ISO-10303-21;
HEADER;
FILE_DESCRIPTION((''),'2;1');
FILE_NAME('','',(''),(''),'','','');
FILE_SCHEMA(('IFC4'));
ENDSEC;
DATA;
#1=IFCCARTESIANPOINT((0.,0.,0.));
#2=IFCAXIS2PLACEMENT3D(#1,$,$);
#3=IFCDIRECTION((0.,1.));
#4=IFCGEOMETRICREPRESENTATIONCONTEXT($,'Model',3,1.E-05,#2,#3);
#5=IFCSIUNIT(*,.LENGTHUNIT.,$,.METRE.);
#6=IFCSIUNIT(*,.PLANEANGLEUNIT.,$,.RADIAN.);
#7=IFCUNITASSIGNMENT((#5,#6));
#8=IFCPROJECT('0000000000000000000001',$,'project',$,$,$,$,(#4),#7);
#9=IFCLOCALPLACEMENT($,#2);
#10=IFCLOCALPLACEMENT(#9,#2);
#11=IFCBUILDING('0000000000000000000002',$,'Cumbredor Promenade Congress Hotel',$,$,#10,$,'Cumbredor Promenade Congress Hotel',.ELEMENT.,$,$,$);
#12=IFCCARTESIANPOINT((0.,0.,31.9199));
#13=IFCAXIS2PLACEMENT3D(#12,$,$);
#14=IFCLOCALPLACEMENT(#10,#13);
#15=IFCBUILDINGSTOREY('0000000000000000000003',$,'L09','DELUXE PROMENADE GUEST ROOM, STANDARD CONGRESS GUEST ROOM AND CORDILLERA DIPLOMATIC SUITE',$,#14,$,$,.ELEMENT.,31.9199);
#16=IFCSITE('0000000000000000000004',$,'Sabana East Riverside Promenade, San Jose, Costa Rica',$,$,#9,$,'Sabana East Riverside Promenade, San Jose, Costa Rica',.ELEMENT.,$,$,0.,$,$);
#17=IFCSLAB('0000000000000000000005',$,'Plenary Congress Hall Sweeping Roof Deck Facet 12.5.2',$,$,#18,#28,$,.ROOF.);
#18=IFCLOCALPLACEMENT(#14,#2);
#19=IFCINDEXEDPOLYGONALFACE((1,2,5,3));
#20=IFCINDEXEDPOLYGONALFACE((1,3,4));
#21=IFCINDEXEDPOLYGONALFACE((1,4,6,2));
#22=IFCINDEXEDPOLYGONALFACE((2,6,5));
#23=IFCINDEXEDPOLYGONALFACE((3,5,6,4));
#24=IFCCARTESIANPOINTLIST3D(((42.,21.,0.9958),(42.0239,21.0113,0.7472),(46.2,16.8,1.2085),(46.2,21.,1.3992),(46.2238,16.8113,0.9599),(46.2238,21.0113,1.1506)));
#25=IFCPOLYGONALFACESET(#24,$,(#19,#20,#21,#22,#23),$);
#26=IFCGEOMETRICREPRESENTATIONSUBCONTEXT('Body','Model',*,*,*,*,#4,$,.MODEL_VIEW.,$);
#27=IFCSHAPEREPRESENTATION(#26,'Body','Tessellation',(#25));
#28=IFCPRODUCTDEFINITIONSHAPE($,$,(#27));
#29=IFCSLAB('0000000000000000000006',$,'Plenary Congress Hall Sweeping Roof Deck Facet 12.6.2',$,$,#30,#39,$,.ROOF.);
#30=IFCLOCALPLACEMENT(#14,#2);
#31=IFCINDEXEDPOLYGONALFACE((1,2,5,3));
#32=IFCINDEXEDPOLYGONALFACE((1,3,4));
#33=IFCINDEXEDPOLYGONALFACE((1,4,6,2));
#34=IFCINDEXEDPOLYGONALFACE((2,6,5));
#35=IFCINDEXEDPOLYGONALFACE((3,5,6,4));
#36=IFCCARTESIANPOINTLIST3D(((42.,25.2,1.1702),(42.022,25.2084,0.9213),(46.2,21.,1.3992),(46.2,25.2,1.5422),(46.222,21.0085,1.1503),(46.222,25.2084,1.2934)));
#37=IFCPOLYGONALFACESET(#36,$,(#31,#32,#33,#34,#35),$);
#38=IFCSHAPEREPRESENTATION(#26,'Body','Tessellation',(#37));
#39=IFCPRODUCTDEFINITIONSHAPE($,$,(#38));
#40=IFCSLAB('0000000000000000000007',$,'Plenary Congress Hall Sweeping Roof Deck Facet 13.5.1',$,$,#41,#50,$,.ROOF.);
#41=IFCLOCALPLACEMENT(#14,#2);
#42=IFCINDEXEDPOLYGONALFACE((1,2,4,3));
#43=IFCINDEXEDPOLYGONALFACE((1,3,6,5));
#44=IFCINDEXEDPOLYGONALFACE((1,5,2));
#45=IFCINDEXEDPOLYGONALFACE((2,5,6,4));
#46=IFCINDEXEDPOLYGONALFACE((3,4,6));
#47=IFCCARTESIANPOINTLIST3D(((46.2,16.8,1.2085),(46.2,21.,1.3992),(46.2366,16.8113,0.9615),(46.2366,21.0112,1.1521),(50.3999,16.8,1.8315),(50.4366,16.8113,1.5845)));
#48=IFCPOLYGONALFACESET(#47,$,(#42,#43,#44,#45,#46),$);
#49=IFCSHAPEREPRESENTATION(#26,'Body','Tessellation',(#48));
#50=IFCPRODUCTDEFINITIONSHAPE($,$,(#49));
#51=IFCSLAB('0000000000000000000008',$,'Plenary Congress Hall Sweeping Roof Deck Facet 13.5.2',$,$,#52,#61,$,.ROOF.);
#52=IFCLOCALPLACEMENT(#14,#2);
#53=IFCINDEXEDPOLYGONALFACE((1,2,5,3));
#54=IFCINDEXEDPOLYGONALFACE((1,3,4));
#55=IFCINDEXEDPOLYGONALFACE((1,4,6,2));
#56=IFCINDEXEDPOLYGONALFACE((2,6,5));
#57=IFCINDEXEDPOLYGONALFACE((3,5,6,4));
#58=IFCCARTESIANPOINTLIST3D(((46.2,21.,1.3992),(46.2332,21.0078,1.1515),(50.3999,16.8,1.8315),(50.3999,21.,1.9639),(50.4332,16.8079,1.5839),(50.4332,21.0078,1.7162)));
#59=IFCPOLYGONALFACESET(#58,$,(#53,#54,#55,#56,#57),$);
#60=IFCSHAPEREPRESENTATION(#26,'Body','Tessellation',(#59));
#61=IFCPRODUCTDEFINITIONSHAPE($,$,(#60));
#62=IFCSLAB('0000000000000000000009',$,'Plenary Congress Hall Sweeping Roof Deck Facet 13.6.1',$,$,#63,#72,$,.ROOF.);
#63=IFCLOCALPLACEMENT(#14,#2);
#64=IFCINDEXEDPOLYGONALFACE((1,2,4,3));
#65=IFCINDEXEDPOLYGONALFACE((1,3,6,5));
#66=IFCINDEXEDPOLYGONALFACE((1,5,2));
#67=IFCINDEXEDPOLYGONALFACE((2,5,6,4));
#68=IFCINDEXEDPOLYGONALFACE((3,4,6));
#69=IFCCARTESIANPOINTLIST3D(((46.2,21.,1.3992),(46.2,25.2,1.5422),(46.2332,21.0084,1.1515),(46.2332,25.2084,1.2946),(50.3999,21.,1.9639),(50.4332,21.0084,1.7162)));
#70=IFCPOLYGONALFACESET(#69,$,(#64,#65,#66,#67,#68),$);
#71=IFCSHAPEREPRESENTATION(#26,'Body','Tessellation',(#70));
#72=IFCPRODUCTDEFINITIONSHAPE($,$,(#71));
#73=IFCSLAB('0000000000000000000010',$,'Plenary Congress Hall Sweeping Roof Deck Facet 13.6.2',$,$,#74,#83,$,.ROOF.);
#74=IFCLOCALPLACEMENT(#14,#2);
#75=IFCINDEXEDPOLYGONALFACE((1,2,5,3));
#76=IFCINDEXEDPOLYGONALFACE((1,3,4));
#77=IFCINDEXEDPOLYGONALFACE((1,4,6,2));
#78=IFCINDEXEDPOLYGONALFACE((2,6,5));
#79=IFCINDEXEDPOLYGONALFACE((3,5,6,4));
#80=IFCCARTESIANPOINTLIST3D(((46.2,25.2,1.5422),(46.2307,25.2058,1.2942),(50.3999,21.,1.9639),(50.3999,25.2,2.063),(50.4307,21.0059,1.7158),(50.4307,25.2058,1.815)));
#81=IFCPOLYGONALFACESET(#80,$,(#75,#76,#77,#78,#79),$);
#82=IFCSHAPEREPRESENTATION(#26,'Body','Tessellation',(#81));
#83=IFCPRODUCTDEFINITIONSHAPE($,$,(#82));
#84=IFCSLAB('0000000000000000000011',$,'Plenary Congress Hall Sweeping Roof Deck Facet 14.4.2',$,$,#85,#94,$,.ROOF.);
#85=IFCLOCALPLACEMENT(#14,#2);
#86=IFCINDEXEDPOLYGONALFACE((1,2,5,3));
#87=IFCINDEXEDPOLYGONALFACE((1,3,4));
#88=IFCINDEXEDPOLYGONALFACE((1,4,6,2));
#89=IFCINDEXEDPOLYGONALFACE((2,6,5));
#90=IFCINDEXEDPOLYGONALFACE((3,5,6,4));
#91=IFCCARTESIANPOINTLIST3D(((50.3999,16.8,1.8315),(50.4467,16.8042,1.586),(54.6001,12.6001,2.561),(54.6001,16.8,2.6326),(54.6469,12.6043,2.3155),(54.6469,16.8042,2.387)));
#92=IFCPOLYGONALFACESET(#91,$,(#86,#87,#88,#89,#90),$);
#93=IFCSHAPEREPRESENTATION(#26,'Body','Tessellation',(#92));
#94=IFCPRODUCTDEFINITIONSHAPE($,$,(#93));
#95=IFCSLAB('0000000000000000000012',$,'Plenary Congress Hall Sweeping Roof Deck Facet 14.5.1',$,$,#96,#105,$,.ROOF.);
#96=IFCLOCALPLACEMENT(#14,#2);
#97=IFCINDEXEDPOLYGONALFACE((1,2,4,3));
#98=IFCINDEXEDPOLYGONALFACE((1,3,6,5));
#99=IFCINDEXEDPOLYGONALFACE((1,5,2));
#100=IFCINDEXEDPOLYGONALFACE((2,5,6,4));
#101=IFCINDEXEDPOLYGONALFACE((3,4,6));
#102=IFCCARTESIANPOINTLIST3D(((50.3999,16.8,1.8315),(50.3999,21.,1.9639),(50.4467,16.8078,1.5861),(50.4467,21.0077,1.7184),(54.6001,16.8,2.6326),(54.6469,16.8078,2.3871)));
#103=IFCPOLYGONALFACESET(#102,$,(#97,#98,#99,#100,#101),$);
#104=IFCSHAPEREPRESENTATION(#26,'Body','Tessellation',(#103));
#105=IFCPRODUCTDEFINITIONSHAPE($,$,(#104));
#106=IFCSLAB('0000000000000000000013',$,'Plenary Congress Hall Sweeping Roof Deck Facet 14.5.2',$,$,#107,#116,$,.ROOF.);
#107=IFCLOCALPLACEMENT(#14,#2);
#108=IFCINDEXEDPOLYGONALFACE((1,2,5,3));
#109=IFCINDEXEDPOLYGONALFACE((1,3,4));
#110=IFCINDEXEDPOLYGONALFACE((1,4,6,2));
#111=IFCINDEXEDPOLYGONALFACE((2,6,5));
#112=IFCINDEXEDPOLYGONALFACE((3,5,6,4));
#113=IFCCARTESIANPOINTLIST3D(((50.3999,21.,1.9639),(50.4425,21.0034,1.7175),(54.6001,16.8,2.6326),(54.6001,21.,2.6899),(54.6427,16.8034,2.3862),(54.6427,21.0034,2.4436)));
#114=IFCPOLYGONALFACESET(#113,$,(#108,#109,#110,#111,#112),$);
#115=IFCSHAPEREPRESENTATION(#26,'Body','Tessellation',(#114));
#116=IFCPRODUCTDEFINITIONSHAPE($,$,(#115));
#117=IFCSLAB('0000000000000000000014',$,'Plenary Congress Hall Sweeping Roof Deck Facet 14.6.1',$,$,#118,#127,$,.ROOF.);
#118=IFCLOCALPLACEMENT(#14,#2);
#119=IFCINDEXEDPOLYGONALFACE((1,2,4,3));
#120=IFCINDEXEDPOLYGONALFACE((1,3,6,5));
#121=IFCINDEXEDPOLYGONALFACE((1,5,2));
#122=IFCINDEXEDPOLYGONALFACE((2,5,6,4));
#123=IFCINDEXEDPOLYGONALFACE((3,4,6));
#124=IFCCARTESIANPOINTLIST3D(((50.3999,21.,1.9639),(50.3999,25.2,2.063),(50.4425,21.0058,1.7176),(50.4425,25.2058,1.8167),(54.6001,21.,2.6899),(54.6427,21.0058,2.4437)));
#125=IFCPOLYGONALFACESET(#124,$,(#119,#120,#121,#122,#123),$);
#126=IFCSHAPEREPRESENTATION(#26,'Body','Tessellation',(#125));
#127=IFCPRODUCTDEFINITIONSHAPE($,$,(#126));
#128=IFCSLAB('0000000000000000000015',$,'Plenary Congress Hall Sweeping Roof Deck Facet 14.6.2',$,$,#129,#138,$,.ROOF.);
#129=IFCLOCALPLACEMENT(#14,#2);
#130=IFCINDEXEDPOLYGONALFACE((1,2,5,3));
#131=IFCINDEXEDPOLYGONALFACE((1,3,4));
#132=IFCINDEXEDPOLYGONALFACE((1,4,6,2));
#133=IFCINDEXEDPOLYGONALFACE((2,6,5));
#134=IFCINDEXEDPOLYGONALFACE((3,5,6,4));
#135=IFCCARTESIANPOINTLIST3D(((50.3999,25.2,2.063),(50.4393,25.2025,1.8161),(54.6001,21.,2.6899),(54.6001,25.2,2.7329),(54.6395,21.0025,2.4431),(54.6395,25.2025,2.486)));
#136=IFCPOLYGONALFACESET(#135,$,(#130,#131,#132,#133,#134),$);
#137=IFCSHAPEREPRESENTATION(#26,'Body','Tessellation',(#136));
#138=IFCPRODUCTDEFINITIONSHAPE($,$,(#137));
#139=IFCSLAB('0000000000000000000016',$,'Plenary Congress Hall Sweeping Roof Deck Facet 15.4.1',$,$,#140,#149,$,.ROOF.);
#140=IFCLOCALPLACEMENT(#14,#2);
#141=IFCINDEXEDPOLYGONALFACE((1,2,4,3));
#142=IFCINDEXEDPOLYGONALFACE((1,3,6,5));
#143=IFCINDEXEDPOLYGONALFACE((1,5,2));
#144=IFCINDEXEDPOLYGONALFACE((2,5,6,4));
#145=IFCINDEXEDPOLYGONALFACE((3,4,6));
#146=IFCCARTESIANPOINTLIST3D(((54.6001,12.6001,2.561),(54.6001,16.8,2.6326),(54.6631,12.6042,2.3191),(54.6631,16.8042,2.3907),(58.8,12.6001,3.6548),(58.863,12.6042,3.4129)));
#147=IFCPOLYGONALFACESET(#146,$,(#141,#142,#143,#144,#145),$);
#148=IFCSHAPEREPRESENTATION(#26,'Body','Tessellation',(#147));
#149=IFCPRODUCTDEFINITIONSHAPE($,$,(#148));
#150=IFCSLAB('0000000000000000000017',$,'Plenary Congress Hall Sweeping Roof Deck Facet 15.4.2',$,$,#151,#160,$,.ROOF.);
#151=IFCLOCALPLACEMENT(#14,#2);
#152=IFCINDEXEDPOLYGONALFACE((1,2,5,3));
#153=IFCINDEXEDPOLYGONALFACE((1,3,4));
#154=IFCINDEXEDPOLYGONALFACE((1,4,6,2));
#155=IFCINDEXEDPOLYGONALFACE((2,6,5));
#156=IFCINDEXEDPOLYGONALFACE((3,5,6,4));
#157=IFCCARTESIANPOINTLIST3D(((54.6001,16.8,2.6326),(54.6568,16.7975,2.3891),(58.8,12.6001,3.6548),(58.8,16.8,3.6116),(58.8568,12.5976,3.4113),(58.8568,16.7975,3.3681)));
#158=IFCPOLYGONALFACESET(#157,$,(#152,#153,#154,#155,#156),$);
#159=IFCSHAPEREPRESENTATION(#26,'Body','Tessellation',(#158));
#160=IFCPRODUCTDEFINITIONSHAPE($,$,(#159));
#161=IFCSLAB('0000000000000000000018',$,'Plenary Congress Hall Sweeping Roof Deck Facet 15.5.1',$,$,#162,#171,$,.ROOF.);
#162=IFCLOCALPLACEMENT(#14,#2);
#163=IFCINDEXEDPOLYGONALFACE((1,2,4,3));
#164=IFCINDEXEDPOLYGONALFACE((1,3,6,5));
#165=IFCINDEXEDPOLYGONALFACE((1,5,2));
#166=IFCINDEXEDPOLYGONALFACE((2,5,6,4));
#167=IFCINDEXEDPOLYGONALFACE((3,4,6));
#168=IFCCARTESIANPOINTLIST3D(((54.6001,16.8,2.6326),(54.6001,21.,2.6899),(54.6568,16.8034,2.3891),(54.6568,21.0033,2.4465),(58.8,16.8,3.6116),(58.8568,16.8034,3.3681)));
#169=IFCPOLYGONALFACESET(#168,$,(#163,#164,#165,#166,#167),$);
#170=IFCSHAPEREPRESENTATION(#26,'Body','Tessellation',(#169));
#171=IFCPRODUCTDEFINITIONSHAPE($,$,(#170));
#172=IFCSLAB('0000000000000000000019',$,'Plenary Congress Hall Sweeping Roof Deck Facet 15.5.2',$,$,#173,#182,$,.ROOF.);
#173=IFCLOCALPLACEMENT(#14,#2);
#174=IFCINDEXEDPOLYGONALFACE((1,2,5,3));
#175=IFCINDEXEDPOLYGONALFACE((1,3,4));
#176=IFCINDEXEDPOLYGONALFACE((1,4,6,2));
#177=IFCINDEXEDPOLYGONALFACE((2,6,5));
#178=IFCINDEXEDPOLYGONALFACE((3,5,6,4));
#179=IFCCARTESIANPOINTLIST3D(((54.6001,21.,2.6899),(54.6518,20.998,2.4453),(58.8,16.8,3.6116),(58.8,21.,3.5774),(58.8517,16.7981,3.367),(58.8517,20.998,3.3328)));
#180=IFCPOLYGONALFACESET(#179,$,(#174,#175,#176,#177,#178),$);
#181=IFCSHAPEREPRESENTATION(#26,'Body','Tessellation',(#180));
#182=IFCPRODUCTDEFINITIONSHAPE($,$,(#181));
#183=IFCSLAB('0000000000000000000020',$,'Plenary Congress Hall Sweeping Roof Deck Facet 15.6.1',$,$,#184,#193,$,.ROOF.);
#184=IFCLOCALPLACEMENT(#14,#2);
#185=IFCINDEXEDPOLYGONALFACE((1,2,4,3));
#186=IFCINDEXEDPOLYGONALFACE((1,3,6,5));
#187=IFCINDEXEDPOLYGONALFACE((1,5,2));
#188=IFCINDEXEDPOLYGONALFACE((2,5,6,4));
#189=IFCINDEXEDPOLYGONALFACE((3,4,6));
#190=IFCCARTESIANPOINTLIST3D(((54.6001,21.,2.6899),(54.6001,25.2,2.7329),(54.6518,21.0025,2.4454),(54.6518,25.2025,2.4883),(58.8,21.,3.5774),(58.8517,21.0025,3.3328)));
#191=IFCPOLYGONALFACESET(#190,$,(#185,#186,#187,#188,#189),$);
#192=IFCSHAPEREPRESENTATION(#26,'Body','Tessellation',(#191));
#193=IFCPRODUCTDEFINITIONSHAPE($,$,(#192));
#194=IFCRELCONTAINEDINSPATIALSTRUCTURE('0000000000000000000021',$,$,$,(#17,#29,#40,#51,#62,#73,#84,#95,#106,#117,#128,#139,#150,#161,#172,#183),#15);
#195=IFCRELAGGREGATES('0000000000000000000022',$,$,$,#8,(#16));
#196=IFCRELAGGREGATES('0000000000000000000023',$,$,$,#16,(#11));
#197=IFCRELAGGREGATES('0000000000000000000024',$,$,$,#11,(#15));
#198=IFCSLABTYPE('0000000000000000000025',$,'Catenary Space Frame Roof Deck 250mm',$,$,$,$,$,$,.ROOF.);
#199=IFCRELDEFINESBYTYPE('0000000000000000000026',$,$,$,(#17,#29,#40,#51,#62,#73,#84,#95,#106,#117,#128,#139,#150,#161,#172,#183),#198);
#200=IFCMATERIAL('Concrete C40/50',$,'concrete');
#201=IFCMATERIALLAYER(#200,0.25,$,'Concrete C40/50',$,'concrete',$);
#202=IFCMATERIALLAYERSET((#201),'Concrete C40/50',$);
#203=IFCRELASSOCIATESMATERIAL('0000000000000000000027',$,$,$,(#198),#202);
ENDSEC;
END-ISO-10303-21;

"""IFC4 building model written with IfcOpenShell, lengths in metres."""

from ifc_helpers import new_model, si_unit, direction, frame, origin, place, context, subcontext, project, spatial, polyline, outline, extrude, material, layer, layer_set, type_object, element, save


model = new_model("IFC4")

# Units and contexts
model_context = context("Model", 3, precision=1e-05, world=origin(), true_north=direction((0.0, 1.0)))
body_context = subcontext(model_context, "Body", "Model", "MODEL_VIEW")
ifc_project = project(units=[si_unit("LENGTHUNIT", "METRE"), si_unit("PLANEANGLEUNIT", "RADIAN")], contexts=[model_context])

# Site, building, storey
site_placement = place(None, origin())
site = spatial("IfcSite", under=ifc_project, at=site_placement, Name="Sabana East Riverside Promenade, San Jose, Costa Rica", LongName="Sabana East Riverside Promenade, San Jose, Costa Rica", CompositionType="ELEMENT", RefElevation=0.0)
building_placement = place(site_placement, origin())
building = spatial("IfcBuilding", under=site, at=building_placement, Name="Cumbredor Promenade Congress Hotel", LongName="Cumbredor Promenade Congress Hotel", CompositionType="ELEMENT")
storey_placement = place(building_placement, frame((0.0, 0.0, 31.9199)))
storey = spatial("IfcBuildingStorey", under=building, at=storey_placement, Name="L09", Description="DELUXE PROMENADE GUEST ROOM, STANDARD CONGRESS GUEST ROOM AND CORDILLERA DIPLOMATIC SUITE", CompositionType="ELEMENT", Elevation=31.9199)

# Slabs
ifc_material_1 = material(Name="Concrete C40/50", Category="concrete")
ifc_layer_1 = layer(ifc_material_1, 0.25, Name="Concrete C40/50", Category="concrete")
ifc_layer_set_1 = layer_set([ifc_layer_1], Name="Concrete C40/50")
slab_type = type_object("IfcSlabType", Name="Catenary Space Frame Roof Deck 250mm", PredefinedType="ROOF", material=ifc_layer_set_1)
slab_1_placement = place(storey_placement, frame((46.2, 16.8, 1.2085), z_axis=(-0.095493, -0.045145, 0.994406), x_axis=(0.0, 0.998971, 0.045352)))
element("IfcSlab", 1, at=slab_1_placement, inside=storey, type_object=slab_type, Name="Plenary Congress Hall Sweeping Roof Deck Facet 12.5.2", PredefinedType="ROOF", context=body_context, shape_type="SweptSolid", body=[
    extrude(outline(polyline([(0.0, 0.0), (4.2043, 0.0), (4.186, 4.2192), (0.0, 0.0)])), origin(), (0.0, 0.0, -1.0), 0.25),
])
slab_2_placement = place(storey_placement, frame((46.2, 21.0, 1.3992), z_axis=(-0.088193, -0.033911, 0.995526), x_axis=(0.0, 0.99942, 0.034044)))
element("IfcSlab", 2, at=slab_2_placement, inside=storey, type_object=slab_type, Name="Plenary Congress Hall Sweeping Roof Deck Facet 12.6.2", PredefinedType="ROOF", context=body_context, shape_type="SweptSolid", body=[
    extrude(outline(polyline([(0.0, 0.0), (4.2024, 0.0), (4.1897, 4.2164), (0.0, 0.0)])), origin(), (0.0, 0.0, -1.0), 0.25),
])
slab_3_placement = place(storey_placement, frame((46.2, 16.8, 1.2085), z_axis=(-0.146593, -0.044862, 0.988179), x_axis=(0.989175, 0.0, 0.14674)))
element("IfcSlab", 3, at=slab_3_placement, inside=storey, type_object=slab_type, Name="Plenary Congress Hall Sweeping Roof Deck Facet 13.5.1", PredefinedType="ROOF", context=body_context, shape_type="SweptSolid", body=[
    extrude(outline(polyline([(0.0, 0.0), (4.2459, 0.0), (0.028, 4.2042), (0.0, 0.0)])), origin(), (0.0, 0.0, -1.0), 0.25),
])
slab_4_placement = place(storey_placement, frame((50.3999, 16.8, 1.8315), z_axis=(-0.133189, -0.03121, 0.990599), x_axis=(0.0, 0.999504, 0.031491)))
element("IfcSlab", 4, at=slab_4_placement, inside=storey, type_object=slab_type, Name="Plenary Congress Hall Sweeping Roof Deck Facet 13.5.2", PredefinedType="ROOF", context=body_context, shape_type="SweptSolid", body=[
    extrude(outline(polyline([(0.0, 0.0), (4.202, 0.0), (4.1843, 4.2377), (0.0, 0.0)])), origin(), (0.0, 0.0, -1.0), 0.25),
])
slab_5_placement = place(storey_placement, frame((46.2, 21.0, 1.3992), z_axis=(-0.133178, -0.033741, 0.990518), x_axis=(0.991082, 0.0, 0.133254)))
element("IfcSlab", 5, at=slab_5_placement, inside=storey, type_object=slab_type, Name="Plenary Congress Hall Sweeping Roof Deck Facet 13.6.1", PredefinedType="ROOF", context=body_context, shape_type="SweptSolid", body=[
    extrude(outline(polyline([(0.0, 0.0), (4.2377, 0.0), (0.0191, 4.2023), (0.0, 0.0)])), origin(), (0.0, 0.0, -1.0), 0.25),
])
slab_6_placement = place(storey_placement, frame((50.3999, 21.0, 1.9639), z_axis=(-0.123014, -0.023415, 0.992129), x_axis=(0.0, 0.999722, 0.023594)))
element("IfcSlab", 6, at=slab_6_placement, inside=storey, type_object=slab_type, Name="Plenary Congress Hall Sweeping Roof Deck Facet 13.6.2", PredefinedType="ROOF", context=body_context, shape_type="SweptSolid", body=[
    extrude(outline(polyline([(0.0, 0.0), (4.2011, 0.0), (4.1888, 4.2321), (0.0, 0.0)])), origin(), (0.0, 0.0, -1.0), 0.25),
])
slab_7_placement = place(storey_placement, frame((54.6001, 12.6001, 2.561), z_axis=(-0.187309, -0.016728, 0.982159), x_axis=(0.0, 0.999855, 0.017029)))
element("IfcSlab", 7, at=slab_7_placement, inside=storey, type_object=slab_type, Name="Plenary Congress Hall Sweeping Roof Deck Facet 14.4.2", PredefinedType="ROOF", context=body_context, shape_type="SweptSolid", body=[
    extrude(outline(polyline([(0.0, 0.0), (4.2006, 0.0), (4.1869, 4.2759), (0.0, 0.0)])), origin(), (0.0, 0.0, -1.0), 0.25),
])
slab_8_placement = place(storey_placement, frame((50.3999, 16.8, 1.8315), z_axis=(-0.187245, -0.030934, 0.981826), x_axis=(0.982296, 0.0, 0.187335)))
element("IfcSlab", 8, at=slab_8_placement, inside=storey, type_object=slab_type, Name="Plenary Congress Hall Sweeping Roof Deck Facet 14.5.1", PredefinedType="ROOF", context=body_context, shape_type="SweptSolid", body=[
    extrude(outline(polyline([(0.0, 0.0), (4.2759, 0.0), (0.0248, 4.202), (0.0, 0.0)])), origin(), (0.0, 0.0, -1.0), 0.25),
])
slab_9_placement = place(storey_placement, frame((54.6001, 16.8, 2.6326), z_axis=(-0.170325, -0.01346, 0.985296), x_axis=(0.0, 0.999907, 0.013659)))
element("IfcSlab", 9, at=slab_9_placement, inside=storey, type_object=slab_type, Name="Plenary Congress Hall Sweeping Roof Deck Facet 14.5.2", PredefinedType="ROOF", context=body_context, shape_type="SweptSolid", body=[
    extrude(outline(polyline([(0.0, 0.0), (4.2003, 0.0), (4.1904, 4.2625), (0.0, 0.0)])), origin(), (0.0, 0.0, -1.0), 0.25),
])
slab_10_placement = place(storey_placement, frame((50.3999, 21.0, 1.9639), z_axis=(-0.170294, -0.023249, 0.985119), x_axis=(0.985385, 0.0, 0.17034)))
element("IfcSlab", 10, at=slab_10_placement, inside=storey, type_object=slab_type, Name="Plenary Congress Hall Sweeping Roof Deck Facet 14.6.1", PredefinedType="ROOF", context=body_context, shape_type="SweptSolid", body=[
    extrude(outline(polyline([(0.0, 0.0), (4.2625, 0.0), (0.0169, 4.2011), (0.0, 0.0)])), origin(), (0.0, 0.0, -1.0), 0.25),
])
slab_11_placement = place(storey_placement, frame((54.6001, 21.0, 2.6899), z_axis=(-0.157499, -0.010103, 0.987467), x_axis=(0.0, 0.999948, 0.01023)))
element("IfcSlab", 11, at=slab_11_placement, inside=storey, type_object=slab_type, Name="Plenary Congress Hall Sweeping Roof Deck Facet 14.6.2", PredefinedType="ROOF", context=body_context, shape_type="SweptSolid", body=[
    extrude(outline(polyline([(0.0, 0.0), (4.2002, 0.0), (4.1933, 4.2533), (0.0, 0.0)])), origin(), (0.0, 0.0, -1.0), 0.25),
])
slab_12_placement = place(storey_placement, frame((54.6001, 12.6001, 2.561), z_axis=(-0.25198, -0.01648, 0.967592), x_axis=(0.967724, 0.0, 0.252014)))
element("IfcSlab", 12, at=slab_12_placement, inside=storey, type_object=slab_type, Name="Plenary Congress Hall Sweeping Roof Deck Facet 15.4.1", PredefinedType="ROOF", context=body_context, shape_type="SweptSolid", body=[
    extrude(outline(polyline([(0.0, 0.0), (4.34, 0.0), (0.018, 4.2005), (0.0, 0.0)])), origin(), (0.0, 0.0, -1.0), 0.25),
])
slab_13_placement = place(storey_placement, frame((58.8, 12.6001, 3.6548), z_axis=(-0.227002, 0.01002, 0.973843), x_axis=(0.0, 0.999947, -0.010288)))
element("IfcSlab", 13, at=slab_13_placement, inside=storey, type_object=slab_type, Name="Plenary Congress Hall Sweeping Roof Deck Facet 15.4.2", PredefinedType="ROOF", context=body_context, shape_type="SweptSolid", body=[
    extrude(outline(polyline([(0.0, 0.0), (4.2002, 0.0), (4.2102, 4.3125), (0.0, 0.0)])), origin(), (0.0, 0.0, -1.0), 0.25),
])
slab_14_placement = place(storey_placement, frame((54.6001, 16.8, 2.6326), z_axis=(-0.226993, -0.013303, 0.973806), x_axis=(0.973892, 0.0, 0.227013)))
element("IfcSlab", 14, at=slab_14_placement, inside=storey, type_object=slab_type, Name="Plenary Congress Hall Sweeping Roof Deck Facet 15.5.1", PredefinedType="ROOF", context=body_context, shape_type="SweptSolid", body=[
    extrude(outline(polyline([(0.0, 0.0), (4.3125, 0.0), (0.013, 4.2003), (0.0, 0.0)])), origin(), (0.0, 0.0, -1.0), 0.25),
])
slab_15_placement = place(storey_placement, frame((58.8, 16.8, 3.6116), z_axis=(-0.206729, 0.007962, 0.978366), x_axis=(0.0, 0.999967, -0.008138)))
element("IfcSlab", 15, at=slab_15_placement, inside=storey, type_object=slab_type, Name="Plenary Congress Hall Sweeping Roof Deck Facet 15.5.2", PredefinedType="ROOF", context=body_context, shape_type="SweptSolid", body=[
    extrude(outline(polyline([(0.0, 0.0), (4.2001, 0.0), (4.2073, 4.2927), (0.0, 0.0)])), origin(), (0.0, 0.0, -1.0), 0.25),
])
slab_16_placement = place(storey_placement, frame((54.6001, 21.0, 2.6899), z_axis=(-0.206725, -0.010009, 0.978348), x_axis=(0.978397, 0.0, 0.206736)))
element("IfcSlab", 16, at=slab_16_placement, inside=storey, type_object=slab_type, Name="Plenary Congress Hall Sweeping Roof Deck Facet 15.6.1", PredefinedType="ROOF", context=body_context, shape_type="SweptSolid", body=[
    extrude(outline(polyline([(0.0, 0.0), (4.2927, 0.0), (0.0089, 4.2002), (0.0, 0.0)])), origin(), (0.0, 0.0, -1.0), 0.25),
])

save(model, "model.ifc")
